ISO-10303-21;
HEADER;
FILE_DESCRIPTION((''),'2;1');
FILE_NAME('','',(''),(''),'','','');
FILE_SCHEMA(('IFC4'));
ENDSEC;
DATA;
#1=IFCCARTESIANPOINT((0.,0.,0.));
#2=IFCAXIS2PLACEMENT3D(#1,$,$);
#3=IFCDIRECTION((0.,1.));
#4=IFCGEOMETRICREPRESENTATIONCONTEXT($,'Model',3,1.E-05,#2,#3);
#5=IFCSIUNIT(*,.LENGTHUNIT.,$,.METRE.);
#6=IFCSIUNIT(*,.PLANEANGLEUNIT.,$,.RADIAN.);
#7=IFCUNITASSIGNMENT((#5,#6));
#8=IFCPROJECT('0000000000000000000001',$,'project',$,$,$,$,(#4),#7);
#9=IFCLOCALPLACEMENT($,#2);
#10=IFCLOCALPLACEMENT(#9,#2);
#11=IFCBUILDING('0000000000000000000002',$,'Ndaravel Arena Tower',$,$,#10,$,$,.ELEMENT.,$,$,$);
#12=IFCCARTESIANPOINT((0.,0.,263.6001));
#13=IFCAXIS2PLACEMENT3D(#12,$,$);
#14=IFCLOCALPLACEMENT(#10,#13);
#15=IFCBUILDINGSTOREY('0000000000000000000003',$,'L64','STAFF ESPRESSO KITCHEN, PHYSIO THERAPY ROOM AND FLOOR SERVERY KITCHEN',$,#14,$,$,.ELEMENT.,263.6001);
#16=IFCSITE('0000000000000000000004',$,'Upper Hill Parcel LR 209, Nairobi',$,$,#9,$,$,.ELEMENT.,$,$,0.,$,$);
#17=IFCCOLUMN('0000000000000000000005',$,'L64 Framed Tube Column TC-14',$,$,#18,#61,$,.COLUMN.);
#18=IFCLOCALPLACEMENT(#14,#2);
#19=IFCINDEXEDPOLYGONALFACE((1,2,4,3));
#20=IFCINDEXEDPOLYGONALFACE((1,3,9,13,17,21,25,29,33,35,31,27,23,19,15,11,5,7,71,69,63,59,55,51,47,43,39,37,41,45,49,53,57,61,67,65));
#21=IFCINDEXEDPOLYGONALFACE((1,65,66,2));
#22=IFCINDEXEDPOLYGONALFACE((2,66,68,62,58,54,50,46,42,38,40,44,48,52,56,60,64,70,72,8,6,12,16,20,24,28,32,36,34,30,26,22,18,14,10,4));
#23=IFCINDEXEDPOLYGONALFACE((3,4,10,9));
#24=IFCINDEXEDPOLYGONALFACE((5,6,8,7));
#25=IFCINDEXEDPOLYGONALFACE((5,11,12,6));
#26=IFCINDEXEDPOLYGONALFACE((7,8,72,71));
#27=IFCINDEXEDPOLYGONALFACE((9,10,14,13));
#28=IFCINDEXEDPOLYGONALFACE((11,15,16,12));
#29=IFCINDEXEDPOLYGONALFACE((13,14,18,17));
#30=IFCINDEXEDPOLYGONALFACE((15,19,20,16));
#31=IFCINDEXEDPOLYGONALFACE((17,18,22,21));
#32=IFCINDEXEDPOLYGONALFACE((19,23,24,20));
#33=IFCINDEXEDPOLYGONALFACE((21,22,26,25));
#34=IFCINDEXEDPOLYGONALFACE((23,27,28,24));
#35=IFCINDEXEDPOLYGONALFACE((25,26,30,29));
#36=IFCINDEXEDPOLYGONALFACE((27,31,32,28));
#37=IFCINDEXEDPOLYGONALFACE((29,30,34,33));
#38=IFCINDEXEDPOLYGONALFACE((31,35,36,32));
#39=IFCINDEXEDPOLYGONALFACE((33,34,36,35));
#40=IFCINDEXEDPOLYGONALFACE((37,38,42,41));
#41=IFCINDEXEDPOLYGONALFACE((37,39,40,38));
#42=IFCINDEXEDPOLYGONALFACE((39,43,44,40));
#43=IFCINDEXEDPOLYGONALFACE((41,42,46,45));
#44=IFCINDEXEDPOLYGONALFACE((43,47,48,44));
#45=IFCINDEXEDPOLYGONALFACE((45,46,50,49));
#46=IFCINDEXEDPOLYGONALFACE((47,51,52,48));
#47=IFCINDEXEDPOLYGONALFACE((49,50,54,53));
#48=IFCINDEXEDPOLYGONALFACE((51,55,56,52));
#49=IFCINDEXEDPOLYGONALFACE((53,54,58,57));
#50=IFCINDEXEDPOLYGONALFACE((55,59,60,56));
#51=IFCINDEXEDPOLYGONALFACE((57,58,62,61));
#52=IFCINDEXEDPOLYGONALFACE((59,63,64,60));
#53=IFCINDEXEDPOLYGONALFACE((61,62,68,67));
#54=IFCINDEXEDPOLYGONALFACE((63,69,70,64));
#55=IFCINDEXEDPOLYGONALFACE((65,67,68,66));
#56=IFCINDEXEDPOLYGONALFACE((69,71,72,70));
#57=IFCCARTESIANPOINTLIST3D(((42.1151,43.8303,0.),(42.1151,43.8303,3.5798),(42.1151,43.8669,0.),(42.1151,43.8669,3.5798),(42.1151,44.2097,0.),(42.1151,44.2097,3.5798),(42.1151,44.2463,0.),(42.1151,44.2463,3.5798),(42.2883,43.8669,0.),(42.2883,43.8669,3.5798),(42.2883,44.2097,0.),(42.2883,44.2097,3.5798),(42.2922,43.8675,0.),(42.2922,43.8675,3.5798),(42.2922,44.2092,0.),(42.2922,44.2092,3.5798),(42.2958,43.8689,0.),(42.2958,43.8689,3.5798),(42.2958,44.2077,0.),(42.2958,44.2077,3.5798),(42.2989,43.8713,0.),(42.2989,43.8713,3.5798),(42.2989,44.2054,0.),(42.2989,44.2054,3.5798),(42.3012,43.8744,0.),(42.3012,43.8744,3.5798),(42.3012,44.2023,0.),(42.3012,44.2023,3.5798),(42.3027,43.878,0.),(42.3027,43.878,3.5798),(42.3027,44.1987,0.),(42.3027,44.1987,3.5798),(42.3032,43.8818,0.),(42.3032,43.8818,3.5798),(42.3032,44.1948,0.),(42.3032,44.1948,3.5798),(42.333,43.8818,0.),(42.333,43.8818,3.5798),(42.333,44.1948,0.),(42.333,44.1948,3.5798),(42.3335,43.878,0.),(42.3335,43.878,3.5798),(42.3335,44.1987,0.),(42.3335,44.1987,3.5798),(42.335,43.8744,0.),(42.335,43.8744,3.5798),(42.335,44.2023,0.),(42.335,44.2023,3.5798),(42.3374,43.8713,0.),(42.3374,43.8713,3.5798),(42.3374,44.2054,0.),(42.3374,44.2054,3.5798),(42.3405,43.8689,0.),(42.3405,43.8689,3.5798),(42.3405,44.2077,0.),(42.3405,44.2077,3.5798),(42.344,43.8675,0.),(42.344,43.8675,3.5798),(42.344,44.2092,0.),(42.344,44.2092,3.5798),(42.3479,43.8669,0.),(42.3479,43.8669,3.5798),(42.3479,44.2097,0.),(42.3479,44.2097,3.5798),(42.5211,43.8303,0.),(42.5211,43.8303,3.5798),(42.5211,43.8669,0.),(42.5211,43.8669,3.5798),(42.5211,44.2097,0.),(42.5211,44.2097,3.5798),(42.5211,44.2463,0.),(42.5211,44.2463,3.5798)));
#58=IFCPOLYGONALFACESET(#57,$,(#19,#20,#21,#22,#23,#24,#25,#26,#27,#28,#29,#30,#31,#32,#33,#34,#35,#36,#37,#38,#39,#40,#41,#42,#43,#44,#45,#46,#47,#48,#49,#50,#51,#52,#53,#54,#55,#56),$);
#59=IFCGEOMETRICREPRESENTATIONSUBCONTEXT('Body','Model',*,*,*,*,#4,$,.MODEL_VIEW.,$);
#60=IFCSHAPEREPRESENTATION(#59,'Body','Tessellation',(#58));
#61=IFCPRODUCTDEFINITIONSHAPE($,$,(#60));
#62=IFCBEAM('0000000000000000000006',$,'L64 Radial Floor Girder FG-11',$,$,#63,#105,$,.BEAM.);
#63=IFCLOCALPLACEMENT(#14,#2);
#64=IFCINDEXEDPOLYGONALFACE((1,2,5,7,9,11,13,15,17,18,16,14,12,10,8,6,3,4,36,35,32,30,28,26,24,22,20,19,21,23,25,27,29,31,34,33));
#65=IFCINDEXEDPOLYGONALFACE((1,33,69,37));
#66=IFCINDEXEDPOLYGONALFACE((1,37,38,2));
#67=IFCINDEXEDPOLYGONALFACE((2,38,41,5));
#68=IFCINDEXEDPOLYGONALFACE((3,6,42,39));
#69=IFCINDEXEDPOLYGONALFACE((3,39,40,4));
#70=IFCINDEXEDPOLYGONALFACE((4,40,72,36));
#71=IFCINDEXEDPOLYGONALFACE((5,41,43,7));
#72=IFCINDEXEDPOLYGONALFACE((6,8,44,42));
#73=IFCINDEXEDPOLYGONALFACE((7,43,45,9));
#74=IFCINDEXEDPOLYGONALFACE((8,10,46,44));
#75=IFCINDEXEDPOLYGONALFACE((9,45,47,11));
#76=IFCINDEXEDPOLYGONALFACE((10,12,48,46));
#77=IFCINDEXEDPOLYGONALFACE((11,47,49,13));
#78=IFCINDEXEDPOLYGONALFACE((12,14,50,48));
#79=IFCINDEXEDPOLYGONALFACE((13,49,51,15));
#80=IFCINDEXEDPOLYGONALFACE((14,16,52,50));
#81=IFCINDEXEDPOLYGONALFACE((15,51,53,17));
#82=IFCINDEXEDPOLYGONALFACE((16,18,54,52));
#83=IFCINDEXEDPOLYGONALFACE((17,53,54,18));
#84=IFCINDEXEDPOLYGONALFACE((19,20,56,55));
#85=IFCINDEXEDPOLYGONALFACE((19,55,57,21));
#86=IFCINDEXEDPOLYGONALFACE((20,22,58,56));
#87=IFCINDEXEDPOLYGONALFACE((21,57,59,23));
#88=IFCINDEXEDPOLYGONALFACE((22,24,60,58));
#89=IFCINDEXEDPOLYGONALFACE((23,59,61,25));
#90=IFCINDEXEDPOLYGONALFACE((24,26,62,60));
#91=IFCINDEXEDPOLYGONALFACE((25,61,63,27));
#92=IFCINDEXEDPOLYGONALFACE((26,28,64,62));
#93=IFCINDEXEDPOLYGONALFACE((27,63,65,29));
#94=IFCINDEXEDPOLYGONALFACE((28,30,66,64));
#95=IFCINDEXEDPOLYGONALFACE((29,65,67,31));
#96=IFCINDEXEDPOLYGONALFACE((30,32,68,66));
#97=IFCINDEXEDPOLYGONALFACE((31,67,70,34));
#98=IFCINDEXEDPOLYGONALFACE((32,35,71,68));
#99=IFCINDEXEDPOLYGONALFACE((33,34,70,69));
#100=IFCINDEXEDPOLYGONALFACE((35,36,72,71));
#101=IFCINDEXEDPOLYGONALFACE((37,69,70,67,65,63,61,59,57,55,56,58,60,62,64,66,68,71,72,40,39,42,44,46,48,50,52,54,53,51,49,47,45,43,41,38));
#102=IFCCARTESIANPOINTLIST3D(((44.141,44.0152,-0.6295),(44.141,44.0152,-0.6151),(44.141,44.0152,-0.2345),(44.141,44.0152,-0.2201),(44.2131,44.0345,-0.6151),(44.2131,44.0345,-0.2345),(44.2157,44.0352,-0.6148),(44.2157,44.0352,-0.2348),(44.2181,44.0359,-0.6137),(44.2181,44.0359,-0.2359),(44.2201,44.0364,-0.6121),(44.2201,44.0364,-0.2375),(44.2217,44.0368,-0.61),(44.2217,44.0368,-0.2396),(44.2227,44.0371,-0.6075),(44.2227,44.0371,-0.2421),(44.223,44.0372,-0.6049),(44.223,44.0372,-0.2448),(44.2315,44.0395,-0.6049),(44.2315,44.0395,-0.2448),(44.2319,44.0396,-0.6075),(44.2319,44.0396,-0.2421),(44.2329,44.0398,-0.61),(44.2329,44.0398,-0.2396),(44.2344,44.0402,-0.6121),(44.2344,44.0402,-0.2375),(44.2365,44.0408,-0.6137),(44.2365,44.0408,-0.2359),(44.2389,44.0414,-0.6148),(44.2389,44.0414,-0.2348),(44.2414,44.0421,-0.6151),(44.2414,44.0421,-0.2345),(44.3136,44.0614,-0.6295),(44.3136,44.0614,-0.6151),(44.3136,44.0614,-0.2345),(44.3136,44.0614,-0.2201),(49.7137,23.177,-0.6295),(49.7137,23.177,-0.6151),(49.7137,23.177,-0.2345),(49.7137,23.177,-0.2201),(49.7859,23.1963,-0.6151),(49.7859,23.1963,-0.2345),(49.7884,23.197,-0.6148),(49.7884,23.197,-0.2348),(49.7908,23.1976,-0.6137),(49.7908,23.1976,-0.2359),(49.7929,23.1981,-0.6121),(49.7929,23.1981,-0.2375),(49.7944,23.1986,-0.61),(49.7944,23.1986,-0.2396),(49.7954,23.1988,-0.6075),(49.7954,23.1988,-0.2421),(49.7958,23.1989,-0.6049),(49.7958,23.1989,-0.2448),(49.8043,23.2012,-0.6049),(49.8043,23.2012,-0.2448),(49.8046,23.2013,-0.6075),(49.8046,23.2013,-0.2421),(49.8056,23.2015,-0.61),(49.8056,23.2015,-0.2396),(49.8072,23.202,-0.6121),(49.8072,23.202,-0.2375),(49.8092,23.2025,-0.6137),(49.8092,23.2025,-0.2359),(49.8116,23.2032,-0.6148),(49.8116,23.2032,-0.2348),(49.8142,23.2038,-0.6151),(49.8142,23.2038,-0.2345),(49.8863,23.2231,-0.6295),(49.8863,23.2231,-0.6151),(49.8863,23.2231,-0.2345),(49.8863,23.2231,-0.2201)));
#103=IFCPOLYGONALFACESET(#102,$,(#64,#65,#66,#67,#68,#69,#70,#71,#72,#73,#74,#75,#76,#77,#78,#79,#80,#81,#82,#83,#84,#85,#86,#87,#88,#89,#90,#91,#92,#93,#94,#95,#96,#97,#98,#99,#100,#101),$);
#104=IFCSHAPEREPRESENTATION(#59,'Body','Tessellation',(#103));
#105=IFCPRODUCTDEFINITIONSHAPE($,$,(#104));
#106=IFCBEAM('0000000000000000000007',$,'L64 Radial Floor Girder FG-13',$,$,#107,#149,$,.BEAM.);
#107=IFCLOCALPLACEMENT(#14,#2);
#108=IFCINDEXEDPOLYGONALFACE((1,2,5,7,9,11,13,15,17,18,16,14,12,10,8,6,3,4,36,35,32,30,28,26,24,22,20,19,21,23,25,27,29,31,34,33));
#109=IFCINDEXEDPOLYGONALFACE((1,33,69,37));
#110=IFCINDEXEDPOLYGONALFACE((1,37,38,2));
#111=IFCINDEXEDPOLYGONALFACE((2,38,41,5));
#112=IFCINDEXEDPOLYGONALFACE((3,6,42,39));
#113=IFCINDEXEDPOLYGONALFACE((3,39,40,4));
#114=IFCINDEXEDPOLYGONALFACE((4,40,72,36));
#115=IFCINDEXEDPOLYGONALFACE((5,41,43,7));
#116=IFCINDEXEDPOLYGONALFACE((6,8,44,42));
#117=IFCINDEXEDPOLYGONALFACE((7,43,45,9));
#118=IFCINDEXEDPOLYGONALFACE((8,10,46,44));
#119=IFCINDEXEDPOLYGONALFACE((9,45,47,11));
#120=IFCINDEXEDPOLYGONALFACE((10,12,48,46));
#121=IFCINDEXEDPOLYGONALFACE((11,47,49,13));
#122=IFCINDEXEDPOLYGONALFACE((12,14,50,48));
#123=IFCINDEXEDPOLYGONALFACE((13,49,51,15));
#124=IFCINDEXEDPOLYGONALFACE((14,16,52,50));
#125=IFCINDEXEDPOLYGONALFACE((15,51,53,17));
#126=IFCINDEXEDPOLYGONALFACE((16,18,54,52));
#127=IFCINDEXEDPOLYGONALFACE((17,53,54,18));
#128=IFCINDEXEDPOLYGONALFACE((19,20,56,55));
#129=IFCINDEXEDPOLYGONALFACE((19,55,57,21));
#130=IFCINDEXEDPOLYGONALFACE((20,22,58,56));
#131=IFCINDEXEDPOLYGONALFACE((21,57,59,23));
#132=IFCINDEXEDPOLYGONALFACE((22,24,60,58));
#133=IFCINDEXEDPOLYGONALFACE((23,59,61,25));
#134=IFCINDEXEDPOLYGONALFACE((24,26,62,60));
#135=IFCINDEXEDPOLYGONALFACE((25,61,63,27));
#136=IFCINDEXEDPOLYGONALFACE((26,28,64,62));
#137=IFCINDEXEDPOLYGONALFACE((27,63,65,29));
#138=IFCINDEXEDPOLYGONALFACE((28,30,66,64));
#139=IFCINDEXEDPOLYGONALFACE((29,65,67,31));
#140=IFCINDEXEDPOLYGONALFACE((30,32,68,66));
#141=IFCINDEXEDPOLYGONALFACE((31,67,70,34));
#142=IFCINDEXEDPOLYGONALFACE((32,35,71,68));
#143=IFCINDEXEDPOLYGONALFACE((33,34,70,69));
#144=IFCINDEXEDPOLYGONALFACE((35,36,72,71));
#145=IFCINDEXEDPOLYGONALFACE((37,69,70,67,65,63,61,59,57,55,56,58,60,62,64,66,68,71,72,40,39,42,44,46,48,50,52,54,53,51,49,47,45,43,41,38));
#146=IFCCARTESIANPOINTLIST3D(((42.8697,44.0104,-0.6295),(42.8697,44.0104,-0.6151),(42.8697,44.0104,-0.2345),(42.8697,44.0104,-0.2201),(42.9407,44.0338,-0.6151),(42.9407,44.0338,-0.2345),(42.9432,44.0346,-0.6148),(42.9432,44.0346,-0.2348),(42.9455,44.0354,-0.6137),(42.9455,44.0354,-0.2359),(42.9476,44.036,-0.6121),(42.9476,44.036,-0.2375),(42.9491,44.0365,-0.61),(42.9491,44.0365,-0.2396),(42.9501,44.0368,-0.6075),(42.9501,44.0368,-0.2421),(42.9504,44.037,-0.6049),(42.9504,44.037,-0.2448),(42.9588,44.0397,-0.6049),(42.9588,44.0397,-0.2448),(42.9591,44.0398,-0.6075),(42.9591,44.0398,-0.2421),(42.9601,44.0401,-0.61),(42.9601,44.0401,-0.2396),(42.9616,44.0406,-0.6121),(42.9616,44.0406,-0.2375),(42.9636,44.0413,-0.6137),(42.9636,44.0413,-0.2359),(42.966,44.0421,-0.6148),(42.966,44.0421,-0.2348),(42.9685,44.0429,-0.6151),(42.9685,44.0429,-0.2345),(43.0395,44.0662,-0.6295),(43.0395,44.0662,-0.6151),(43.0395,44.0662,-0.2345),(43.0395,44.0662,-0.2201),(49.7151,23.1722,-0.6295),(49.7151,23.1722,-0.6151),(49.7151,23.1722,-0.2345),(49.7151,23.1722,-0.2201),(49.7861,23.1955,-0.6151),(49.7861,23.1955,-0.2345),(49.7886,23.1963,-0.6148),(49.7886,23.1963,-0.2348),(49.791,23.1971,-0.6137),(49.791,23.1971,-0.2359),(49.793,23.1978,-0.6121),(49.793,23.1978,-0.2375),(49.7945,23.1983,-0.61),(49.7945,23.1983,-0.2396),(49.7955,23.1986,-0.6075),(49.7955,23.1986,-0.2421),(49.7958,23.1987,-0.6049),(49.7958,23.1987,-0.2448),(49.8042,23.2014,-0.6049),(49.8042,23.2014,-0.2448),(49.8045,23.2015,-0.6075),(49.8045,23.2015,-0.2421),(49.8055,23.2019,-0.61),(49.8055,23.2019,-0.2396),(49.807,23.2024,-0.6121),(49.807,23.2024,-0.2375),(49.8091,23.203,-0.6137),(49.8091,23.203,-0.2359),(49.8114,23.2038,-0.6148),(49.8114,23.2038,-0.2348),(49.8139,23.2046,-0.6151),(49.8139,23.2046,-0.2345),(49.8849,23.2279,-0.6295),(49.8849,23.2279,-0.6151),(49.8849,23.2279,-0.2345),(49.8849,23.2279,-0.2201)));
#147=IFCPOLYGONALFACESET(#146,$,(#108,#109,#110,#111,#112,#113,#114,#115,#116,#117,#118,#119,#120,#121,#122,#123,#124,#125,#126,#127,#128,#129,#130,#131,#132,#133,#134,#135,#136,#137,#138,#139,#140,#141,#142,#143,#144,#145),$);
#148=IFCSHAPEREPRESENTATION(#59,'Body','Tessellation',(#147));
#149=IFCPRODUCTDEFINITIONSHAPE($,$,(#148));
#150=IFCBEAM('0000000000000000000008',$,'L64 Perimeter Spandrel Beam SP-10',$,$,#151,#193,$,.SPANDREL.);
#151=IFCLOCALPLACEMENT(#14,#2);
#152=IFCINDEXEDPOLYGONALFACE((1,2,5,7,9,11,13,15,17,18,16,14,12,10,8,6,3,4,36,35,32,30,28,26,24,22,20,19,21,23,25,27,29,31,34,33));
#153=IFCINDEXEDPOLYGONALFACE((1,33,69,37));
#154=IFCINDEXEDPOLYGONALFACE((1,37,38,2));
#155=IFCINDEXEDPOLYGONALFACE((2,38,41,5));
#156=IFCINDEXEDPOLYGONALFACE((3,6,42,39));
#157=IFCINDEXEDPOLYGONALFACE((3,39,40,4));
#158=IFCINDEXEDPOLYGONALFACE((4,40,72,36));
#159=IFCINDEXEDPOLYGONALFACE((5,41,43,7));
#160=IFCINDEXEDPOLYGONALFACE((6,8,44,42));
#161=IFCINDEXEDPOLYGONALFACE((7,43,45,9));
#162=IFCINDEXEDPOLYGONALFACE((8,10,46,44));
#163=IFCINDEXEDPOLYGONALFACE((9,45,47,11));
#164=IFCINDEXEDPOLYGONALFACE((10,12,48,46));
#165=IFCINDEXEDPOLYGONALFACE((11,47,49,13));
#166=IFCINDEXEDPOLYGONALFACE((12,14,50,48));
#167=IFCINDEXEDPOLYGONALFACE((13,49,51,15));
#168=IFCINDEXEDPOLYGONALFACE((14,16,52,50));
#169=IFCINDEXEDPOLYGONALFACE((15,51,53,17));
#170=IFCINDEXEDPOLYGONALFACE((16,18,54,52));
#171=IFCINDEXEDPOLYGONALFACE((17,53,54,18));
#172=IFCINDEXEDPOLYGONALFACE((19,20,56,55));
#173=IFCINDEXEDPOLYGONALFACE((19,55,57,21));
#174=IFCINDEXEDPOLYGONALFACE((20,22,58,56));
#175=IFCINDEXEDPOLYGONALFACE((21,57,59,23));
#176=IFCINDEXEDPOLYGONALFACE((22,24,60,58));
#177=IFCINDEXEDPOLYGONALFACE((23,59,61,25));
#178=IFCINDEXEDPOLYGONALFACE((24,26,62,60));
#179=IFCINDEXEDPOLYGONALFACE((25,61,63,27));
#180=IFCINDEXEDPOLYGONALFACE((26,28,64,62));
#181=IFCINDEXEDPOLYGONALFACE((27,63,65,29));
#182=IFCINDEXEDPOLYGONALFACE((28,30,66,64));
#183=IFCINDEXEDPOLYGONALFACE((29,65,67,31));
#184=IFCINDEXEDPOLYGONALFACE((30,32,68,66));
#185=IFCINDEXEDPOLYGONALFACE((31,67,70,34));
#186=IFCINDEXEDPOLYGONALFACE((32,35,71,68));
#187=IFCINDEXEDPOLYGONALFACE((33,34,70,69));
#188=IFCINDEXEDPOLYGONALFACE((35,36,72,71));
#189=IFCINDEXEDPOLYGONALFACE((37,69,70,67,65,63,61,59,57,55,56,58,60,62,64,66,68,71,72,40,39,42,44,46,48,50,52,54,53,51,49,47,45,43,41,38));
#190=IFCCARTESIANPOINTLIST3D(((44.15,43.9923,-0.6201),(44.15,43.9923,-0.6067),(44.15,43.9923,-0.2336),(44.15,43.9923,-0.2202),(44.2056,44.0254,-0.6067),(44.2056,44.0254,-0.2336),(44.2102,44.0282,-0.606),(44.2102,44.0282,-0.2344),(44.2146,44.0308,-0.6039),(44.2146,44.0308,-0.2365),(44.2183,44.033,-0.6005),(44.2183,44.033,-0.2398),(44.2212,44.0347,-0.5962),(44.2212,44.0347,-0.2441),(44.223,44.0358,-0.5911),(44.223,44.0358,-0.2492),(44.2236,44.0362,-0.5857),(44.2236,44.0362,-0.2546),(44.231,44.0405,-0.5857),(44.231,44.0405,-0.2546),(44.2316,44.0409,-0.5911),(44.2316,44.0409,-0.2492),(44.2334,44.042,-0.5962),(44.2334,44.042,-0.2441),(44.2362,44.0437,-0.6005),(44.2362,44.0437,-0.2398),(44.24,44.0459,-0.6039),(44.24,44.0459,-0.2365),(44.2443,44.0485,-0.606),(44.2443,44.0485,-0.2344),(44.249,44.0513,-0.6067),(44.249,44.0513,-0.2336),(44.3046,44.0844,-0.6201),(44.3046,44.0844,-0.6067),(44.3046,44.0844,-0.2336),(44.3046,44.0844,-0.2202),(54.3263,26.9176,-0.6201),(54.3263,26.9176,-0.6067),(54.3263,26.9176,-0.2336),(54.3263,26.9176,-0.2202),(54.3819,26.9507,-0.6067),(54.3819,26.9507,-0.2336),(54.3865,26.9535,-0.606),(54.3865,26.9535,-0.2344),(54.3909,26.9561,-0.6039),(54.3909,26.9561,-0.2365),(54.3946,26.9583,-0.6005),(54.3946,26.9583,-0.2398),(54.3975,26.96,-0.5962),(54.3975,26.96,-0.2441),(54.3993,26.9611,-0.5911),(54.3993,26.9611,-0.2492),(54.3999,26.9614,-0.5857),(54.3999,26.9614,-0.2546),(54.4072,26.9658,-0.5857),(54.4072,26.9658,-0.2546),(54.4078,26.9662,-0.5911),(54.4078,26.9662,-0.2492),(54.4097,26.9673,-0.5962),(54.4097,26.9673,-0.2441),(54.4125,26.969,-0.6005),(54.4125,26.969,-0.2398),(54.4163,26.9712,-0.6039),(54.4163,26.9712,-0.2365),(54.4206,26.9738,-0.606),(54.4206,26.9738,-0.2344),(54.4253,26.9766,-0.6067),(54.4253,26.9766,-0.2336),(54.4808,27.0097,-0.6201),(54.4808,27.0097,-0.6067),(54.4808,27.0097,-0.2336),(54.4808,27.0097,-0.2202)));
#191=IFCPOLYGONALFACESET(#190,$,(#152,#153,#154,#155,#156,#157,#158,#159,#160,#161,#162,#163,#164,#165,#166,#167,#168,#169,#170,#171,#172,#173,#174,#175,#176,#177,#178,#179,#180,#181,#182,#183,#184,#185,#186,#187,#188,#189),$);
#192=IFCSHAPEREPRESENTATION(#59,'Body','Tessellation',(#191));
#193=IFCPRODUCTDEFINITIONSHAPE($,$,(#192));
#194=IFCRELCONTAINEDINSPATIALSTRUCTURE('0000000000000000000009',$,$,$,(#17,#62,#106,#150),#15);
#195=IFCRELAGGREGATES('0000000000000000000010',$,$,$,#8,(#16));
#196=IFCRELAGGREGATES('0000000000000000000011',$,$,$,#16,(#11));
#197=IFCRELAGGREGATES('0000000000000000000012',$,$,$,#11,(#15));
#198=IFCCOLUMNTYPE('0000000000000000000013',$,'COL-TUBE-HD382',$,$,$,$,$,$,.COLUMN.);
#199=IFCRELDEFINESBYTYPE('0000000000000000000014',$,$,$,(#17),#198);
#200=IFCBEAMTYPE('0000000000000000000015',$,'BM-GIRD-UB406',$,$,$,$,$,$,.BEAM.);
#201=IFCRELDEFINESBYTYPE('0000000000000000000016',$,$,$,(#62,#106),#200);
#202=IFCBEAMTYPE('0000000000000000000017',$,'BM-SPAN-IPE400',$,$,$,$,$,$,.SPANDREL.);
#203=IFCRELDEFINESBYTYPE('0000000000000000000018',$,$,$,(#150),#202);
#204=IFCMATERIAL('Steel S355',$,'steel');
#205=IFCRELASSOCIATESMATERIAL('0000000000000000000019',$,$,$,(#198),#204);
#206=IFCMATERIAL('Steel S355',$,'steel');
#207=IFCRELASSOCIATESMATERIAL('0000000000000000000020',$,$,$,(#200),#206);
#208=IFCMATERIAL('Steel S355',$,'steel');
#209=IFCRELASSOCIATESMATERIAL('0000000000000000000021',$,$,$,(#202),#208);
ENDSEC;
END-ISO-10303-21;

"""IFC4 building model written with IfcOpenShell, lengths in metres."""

from ifc_helpers import new_model, si_unit, direction, frame, origin, origin_2d, place, context, subcontext, project, spatial, i_section, extrude, material, material_profile, profile_set, type_object, element, save


model = new_model("IFC4")

# Units and contexts
model_context = context("Model", 3, precision=1e-05, world=origin(), true_north=direction((0.0, 1.0)))
body_context = subcontext(model_context, "Body", "Model", "MODEL_VIEW")
ifc_project = project(units=[si_unit("LENGTHUNIT", "METRE"), si_unit("PLANEANGLEUNIT", "RADIAN")], contexts=[model_context])

# Site, building, storey
site_placement = place(None, origin())
site = spatial("IfcSite", under=ifc_project, at=site_placement, Name="Upper Hill Parcel LR 209, Nairobi", CompositionType="ELEMENT", RefElevation=0.0)
building_placement = place(site_placement, origin())
building = spatial("IfcBuilding", under=site, at=building_placement, Name="Ndaravel Arena Tower", CompositionType="ELEMENT")
storey_placement = place(building_placement, frame((0.0, 0.0, 263.6001)))
storey = spatial("IfcBuildingStorey", under=building, at=storey_placement, Name="L64", Description="STAFF ESPRESSO KITCHEN, PHYSIO THERAPY ROOM AND FLOOR SERVERY KITCHEN", CompositionType="ELEMENT", Elevation=263.6001)

# Column
ifc_material_1 = material(Name="Steel S355", Category="steel")
ifc_material_profile_1 = material_profile(ifc_material_1, i_section(OverallWidth=0.406, OverallDepth=0.416, WebThickness=0.0298, FlangeThickness=0.0366, FilletRadius=0.0149, at=origin_2d()), Name="HD 400x382")
ifc_profile_set_1 = profile_set([ifc_material_profile_1], Name="Steel S355")
column_type = type_object("IfcColumnType", Name="COL-TUBE-HD382", PredefinedType="COLUMN", material=ifc_profile_set_1)
for number, where, z_axis, x_axis, name in (
    (1, (42.3181, 44.0383, 0.0), (0.0, 0.0, 1.0), (1.0, 0.0, 0.0), "L64 Framed Tube Column TC-14"),
):
    element("IfcColumn", number, at=place(storey_placement, frame(where, z_axis=z_axis, x_axis=x_axis)), inside=storey, type_object=column_type, Name=name, PredefinedType="COLUMN", context=body_context, shape_type="SweptSolid", body=[
        extrude(i_section(OverallWidth=0.406, OverallDepth=0.416, WebThickness=0.0298, FlangeThickness=0.0366, FilletRadius=0.0149, at=origin_2d()), origin(), (0.0, 0.0, 1.0), 3.5798),
    ])

# Beams
ifc_material_2 = material(Name="Steel S355", Category="steel")
ifc_material_profile_2 = material_profile(ifc_material_2, i_section(OverallWidth=0.1787, OverallDepth=0.4094, WebThickness=0.0088, FlangeThickness=0.0144, FilletRadius=0.0103, at=origin_2d()), Name="UB 406x178x67")
ifc_profile_set_2 = profile_set([ifc_material_profile_2], Name="Steel S355")
beam_type_1 = type_object("IfcBeamType", Name="BM-GIRD-UB406", PredefinedType="BEAM", material=ifc_profile_set_2)
beam_1_placement = place(storey_placement, frame((44.2273, 44.0383, -0.4248), z_axis=(0.258349, -0.966052, 0.0), x_axis=(0.966052, 0.258349, 0.0)))
element("IfcBeam", 2, at=beam_1_placement, inside=storey, type_object=beam_type_1, Name="L64 Radial Floor Girder FG-11", PredefinedType="BEAM", context=body_context, shape_type="SweptSolid", body=[
    extrude(i_section(OverallWidth=0.1787, OverallDepth=0.4094, WebThickness=0.0088, FlangeThickness=0.0144, FilletRadius=0.0103, at=origin_2d()), origin(), (0.0, 0.0, 1.0), 21.5706),
])
beam_2_placement = place(storey_placement, frame((42.9546, 44.0383, -0.4248), z_axis=(0.312094, -0.950051, 0.0), x_axis=(0.950051, 0.312094, 0.0)))
element("IfcBeam", 3, at=beam_2_placement, inside=storey, type_object=beam_type_1, Name="L64 Radial Floor Girder FG-13", PredefinedType="BEAM", context=body_context, shape_type="SweptSolid", body=[
    extrude(i_section(OverallWidth=0.1787, OverallDepth=0.4094, WebThickness=0.0088, FlangeThickness=0.0144, FilletRadius=0.0103, at=origin_2d()), origin(), (0.0, 0.0, 1.0), 21.9338),
])
ifc_material_3 = material(Name="Steel S355", Category="steel")
ifc_material_profile_3 = material_profile(ifc_material_3, i_section(OverallWidth=0.1799, OverallDepth=0.3999, WebThickness=0.0085, FlangeThickness=0.0134, FilletRadius=0.021, at=origin_2d()), Name="IPE 400")
ifc_profile_set_3 = profile_set([ifc_material_profile_3], Name="Steel S355")
beam_type_2 = type_object("IfcBeamType", Name="BM-SPAN-IPE400", PredefinedType="SPANDREL", material=ifc_profile_set_3)
beam_3_placement = place(storey_placement, frame((54.4036, 26.9636, -0.4202), z_axis=(-0.511958, 0.859011, 0.0), x_axis=(-0.859011, -0.511958, 0.0)))
element("IfcBeam", 4, at=beam_3_placement, inside=storey, type_object=beam_type_2, Name="L64 Perimeter Spandrel Beam SP-10", PredefinedType="SPANDREL", context=body_context, shape_type="SweptSolid", body=[
    extrude(i_section(OverallWidth=0.1799, OverallDepth=0.3999, WebThickness=0.0085, FlangeThickness=0.0134, FilletRadius=0.021, at=origin_2d()), origin(), (0.0, 0.0, 1.0), 19.8772),
])

save(model, "model.ifc")
